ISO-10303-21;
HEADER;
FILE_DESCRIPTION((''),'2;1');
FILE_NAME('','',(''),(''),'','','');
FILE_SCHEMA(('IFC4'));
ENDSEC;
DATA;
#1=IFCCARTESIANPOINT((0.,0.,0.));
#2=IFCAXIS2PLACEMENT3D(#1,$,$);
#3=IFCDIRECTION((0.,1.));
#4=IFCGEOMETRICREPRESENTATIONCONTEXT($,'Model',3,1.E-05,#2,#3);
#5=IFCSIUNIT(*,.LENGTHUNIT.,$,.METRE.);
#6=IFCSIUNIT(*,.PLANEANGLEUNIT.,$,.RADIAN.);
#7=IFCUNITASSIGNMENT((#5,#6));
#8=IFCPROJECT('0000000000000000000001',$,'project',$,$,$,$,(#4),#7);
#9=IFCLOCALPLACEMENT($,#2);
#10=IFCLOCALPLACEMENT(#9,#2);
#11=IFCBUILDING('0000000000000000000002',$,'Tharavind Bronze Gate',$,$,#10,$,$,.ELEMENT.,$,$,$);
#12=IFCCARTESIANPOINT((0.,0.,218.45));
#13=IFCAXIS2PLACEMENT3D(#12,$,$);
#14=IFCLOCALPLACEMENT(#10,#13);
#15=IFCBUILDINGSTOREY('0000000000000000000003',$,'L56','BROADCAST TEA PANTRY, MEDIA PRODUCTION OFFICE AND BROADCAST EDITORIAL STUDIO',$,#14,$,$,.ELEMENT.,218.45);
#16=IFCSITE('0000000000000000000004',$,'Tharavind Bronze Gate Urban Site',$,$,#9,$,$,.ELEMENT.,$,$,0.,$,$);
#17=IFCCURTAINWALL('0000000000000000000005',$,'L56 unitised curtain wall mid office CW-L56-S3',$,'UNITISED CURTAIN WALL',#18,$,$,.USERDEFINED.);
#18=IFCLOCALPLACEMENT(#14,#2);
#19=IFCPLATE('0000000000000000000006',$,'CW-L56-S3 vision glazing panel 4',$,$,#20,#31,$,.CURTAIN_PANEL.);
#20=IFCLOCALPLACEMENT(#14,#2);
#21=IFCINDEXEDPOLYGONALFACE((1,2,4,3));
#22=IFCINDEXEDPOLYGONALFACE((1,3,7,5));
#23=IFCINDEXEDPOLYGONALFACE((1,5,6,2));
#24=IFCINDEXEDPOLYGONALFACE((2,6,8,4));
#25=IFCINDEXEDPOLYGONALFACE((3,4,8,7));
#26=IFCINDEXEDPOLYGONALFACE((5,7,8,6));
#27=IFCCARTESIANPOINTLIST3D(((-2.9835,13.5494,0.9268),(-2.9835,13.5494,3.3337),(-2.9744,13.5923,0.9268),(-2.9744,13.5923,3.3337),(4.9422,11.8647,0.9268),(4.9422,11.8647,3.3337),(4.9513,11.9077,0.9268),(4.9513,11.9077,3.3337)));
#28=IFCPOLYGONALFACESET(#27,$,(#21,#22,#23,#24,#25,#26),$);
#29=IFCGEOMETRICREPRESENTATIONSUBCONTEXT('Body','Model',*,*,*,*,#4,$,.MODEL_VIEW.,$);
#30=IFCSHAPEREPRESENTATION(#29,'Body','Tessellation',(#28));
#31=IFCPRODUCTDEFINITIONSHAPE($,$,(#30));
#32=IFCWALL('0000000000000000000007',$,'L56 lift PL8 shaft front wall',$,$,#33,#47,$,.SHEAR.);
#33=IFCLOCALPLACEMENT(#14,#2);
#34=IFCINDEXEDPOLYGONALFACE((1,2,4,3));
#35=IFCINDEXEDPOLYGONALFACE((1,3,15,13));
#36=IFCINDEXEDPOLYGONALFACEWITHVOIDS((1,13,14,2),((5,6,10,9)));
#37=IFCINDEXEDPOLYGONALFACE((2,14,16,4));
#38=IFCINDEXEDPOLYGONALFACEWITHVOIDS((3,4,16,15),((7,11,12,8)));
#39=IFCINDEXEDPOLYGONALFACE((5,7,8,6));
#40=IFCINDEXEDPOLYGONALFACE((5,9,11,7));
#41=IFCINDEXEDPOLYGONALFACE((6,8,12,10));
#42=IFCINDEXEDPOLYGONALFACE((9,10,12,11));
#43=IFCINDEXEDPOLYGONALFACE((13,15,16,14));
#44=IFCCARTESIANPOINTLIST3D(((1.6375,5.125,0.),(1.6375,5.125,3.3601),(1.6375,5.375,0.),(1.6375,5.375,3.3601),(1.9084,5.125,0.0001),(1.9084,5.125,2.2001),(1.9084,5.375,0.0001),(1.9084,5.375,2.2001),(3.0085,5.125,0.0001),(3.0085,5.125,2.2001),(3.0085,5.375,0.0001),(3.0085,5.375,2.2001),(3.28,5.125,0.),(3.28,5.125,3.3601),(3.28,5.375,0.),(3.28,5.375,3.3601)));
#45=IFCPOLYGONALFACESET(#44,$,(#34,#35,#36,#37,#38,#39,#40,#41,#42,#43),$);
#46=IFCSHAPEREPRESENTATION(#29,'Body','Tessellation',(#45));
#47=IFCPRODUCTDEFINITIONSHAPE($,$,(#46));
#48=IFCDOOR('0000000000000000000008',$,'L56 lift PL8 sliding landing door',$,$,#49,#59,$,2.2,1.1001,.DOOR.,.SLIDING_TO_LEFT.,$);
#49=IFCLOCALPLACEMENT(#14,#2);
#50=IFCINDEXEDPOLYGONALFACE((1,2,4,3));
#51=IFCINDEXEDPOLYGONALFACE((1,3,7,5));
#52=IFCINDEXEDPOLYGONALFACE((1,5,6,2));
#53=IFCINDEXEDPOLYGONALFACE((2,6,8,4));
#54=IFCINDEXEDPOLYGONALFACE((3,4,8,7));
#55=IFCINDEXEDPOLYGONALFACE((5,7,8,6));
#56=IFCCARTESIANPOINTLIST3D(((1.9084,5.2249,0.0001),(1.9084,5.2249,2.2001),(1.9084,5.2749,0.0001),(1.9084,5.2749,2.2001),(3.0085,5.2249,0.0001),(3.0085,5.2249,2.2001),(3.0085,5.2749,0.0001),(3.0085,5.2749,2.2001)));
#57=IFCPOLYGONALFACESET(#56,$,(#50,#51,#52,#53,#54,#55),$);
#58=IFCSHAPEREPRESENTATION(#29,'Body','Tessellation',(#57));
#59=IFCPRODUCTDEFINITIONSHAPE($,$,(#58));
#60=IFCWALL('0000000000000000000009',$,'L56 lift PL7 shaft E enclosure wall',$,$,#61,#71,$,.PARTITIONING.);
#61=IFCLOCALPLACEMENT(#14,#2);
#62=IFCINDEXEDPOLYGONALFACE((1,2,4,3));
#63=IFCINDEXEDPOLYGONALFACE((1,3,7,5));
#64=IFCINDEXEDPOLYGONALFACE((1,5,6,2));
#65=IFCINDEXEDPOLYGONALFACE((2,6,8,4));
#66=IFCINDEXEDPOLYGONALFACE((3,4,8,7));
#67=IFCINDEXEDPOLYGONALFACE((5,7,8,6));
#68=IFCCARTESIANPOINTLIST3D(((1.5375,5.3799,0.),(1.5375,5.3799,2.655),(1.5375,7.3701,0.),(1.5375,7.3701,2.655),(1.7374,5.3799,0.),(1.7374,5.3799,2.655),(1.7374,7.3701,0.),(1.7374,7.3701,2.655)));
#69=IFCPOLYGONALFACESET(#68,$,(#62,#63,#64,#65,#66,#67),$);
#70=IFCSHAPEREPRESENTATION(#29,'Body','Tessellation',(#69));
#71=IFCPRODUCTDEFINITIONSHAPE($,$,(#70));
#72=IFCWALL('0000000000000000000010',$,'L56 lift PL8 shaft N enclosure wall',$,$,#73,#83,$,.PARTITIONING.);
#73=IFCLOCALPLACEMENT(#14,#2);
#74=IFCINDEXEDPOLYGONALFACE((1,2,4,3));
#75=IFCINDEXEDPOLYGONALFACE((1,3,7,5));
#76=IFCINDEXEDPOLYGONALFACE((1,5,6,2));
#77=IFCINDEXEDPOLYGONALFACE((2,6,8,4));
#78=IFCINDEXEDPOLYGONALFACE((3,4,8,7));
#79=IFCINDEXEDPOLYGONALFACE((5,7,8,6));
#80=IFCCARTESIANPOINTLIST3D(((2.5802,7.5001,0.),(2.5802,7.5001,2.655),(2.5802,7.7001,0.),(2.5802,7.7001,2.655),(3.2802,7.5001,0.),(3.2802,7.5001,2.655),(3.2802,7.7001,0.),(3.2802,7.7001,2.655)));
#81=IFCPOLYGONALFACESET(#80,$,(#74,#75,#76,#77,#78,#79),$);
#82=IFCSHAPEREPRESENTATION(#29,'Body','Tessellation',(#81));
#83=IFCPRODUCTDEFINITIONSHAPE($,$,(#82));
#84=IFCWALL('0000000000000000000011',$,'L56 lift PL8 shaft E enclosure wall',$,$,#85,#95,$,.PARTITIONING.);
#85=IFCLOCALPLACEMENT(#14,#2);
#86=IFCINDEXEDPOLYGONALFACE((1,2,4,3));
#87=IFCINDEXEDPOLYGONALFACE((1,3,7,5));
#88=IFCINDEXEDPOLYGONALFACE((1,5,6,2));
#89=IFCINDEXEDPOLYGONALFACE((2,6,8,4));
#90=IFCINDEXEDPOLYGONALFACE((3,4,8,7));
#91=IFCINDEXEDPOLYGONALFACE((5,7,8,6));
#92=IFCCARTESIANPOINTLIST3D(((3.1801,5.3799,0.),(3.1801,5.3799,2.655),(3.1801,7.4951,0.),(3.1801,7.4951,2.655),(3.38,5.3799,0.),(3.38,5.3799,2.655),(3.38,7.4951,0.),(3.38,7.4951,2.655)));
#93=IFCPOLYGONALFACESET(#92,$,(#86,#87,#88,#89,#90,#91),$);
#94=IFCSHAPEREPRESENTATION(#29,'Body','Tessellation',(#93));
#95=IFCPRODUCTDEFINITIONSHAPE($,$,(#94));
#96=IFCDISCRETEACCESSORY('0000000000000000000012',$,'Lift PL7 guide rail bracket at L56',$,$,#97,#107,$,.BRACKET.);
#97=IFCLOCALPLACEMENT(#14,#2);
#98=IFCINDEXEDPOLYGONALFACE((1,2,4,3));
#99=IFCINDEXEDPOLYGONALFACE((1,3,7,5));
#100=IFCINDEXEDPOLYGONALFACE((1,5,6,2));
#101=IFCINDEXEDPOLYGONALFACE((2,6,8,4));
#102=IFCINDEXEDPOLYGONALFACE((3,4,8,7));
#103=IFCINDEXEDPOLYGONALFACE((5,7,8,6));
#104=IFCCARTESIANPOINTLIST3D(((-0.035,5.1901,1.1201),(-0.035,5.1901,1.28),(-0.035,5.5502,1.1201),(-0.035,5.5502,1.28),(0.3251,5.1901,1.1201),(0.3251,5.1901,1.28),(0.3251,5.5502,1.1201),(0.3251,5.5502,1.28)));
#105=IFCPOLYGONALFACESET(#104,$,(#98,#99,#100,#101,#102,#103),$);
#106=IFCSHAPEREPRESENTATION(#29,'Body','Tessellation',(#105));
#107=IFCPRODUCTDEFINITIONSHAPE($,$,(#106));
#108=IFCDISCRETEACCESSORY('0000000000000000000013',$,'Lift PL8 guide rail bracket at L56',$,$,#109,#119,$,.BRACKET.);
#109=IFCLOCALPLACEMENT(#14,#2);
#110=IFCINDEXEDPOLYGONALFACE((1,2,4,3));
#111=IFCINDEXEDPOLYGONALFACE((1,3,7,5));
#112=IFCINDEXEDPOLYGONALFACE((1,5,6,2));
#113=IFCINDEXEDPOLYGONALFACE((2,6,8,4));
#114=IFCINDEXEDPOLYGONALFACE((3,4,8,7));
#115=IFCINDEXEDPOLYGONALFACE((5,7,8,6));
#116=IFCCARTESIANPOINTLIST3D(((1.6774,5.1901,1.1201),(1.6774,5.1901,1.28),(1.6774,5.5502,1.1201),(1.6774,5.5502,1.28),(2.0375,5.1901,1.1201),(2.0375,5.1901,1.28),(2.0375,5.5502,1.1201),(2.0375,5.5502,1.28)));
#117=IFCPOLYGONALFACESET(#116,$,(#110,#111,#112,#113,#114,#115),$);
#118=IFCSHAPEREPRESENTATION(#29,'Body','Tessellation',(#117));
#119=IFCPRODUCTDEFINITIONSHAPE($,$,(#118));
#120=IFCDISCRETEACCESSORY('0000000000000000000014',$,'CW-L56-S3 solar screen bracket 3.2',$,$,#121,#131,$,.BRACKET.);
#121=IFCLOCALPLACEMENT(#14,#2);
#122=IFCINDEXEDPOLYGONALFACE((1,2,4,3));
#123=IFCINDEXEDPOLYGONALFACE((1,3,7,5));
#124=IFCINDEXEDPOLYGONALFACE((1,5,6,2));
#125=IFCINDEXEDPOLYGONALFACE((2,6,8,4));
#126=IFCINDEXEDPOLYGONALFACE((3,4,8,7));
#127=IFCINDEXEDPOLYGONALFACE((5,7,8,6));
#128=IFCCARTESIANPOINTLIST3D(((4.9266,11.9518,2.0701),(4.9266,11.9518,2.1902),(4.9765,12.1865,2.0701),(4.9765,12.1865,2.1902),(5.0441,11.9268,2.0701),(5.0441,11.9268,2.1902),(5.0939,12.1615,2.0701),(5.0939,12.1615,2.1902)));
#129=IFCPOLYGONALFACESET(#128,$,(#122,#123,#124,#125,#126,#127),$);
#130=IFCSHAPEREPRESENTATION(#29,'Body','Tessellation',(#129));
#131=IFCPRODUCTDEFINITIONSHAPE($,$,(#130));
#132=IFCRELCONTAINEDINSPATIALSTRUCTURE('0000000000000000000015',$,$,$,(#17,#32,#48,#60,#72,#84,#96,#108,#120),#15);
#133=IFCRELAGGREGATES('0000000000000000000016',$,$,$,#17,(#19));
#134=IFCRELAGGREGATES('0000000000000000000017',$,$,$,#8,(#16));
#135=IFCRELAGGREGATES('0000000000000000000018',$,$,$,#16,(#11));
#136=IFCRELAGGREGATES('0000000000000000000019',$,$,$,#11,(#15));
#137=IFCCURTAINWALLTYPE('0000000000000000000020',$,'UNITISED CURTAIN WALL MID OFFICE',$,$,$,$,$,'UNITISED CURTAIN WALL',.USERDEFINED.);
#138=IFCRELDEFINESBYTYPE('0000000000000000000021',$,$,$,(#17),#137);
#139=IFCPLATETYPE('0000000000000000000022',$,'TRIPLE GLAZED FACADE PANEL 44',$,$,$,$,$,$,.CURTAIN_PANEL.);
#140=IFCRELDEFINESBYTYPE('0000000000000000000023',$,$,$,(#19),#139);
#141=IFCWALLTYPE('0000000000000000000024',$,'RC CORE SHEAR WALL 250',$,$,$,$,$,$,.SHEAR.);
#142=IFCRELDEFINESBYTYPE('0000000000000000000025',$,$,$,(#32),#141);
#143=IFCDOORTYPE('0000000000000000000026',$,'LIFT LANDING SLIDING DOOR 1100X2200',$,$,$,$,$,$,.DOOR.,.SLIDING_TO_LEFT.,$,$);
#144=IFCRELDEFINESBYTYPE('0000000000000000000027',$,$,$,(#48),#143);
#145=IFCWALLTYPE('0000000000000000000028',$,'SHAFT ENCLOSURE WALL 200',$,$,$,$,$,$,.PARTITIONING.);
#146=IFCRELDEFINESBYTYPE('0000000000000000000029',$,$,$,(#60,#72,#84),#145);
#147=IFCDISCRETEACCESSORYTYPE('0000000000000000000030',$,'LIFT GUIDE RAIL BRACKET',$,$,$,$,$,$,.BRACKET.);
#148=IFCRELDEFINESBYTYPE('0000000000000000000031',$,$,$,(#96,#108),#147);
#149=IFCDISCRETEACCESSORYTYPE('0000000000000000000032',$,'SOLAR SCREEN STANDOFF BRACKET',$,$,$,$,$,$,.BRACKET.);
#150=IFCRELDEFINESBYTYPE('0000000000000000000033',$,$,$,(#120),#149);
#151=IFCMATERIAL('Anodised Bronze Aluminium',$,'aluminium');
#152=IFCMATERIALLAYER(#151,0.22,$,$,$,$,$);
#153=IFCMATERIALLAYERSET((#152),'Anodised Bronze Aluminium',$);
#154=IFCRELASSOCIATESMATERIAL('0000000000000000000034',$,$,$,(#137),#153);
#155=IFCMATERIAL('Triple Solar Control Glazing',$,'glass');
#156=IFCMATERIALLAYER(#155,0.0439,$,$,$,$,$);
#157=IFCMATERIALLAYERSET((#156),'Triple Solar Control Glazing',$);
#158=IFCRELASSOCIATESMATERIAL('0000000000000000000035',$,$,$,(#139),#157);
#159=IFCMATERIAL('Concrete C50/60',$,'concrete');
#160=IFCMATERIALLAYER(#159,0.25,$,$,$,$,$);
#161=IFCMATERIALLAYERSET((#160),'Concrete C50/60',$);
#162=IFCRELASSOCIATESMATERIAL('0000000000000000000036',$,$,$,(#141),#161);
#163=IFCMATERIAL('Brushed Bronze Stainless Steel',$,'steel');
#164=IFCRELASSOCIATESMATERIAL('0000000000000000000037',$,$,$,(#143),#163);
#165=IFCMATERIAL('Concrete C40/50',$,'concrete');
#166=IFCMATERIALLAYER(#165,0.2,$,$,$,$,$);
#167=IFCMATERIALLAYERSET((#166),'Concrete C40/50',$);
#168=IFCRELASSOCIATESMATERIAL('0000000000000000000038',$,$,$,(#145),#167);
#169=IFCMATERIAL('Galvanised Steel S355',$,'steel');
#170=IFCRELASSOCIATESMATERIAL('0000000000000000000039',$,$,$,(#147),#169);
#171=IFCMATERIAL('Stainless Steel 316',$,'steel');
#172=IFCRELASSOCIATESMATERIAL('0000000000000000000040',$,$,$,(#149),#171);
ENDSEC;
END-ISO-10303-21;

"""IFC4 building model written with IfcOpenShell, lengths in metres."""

from ifc_helpers import new_model, si_unit, direction, frame, frame_2d, origin, origin_2d, place, context, subcontext, project, spatial, rectangle, extrude, material, layer, layer_set, type_object, element, fill, aggregate, save


model = new_model("IFC4")

# Units and contexts
model_context = context("Model", 3, precision=1e-05, world=origin(), true_north=direction((0.0, 1.0)))
body_context = subcontext(model_context, "Body", "Model", "MODEL_VIEW")
ifc_project = project(units=[si_unit("LENGTHUNIT", "METRE"), si_unit("PLANEANGLEUNIT", "RADIAN")], contexts=[model_context])

# Site, building, storey
site_placement = place(None, origin())
site = spatial("IfcSite", under=ifc_project, at=site_placement, Name="Tharavind Bronze Gate Urban Site", CompositionType="ELEMENT", RefElevation=0.0)
building_placement = place(site_placement, origin())
building = spatial("IfcBuilding", under=site, at=building_placement, Name="Tharavind Bronze Gate", CompositionType="ELEMENT")
storey_placement = place(building_placement, frame((0.0, 0.0, 218.45)))
storey = spatial("IfcBuildingStorey", under=building, at=storey_placement, Name="L56", Description="BROADCAST TEA PANTRY, MEDIA PRODUCTION OFFICE AND BROADCAST EDITORIAL STUDIO", CompositionType="ELEMENT", Elevation=218.45)

# Curtain wall
ifc_material_1 = material(Name="Anodised Bronze Aluminium", Category="aluminium")
ifc_layer_1 = layer(ifc_material_1, 0.22)
ifc_layer_set_1 = layer_set([ifc_layer_1], Name="Anodised Bronze Aluminium")
curtain_wall_type = type_object("IfcCurtainWallType", Name="UNITISED CURTAIN WALL MID OFFICE", ElementType="UNITISED CURTAIN WALL", PredefinedType="USERDEFINED", material=ifc_layer_set_1)
curtain_wall_placement = place(storey_placement, origin())
curtain_wall = element("IfcCurtainWall", 1, at=curtain_wall_placement, inside=storey, type_object=curtain_wall_type, Name="L56 unitised curtain wall mid office CW-L56-S3", ObjectType="UNITISED CURTAIN WALL", PredefinedType="USERDEFINED")

# Plate
ifc_material_2 = material(Name="Triple Solar Control Glazing", Category="glass")
ifc_layer_2 = layer(ifc_material_2, 0.0439)
ifc_layer_set_2 = layer_set([ifc_layer_2], Name="Triple Solar Control Glazing")
plate_type_1 = type_object("IfcPlateType", Name="TRIPLE GLAZED FACADE PANEL 44", PredefinedType="CURTAIN_PANEL", material=ifc_layer_set_2)
plate_1_placement = place(storey_placement, frame((0.9839, 12.7285, 0.9268), z_axis=(0.0, 0.0, 1.0), x_axis=(-0.978148, 0.207912, 0.0)))
plate_1 = element("IfcPlate", 2, at=plate_1_placement, type_object=plate_type_1, Name="CW-L56-S3 vision glazing panel 4", PredefinedType="CURTAIN_PANEL", context=body_context, shape_type="SweptSolid", body=[
    extrude(rectangle(XDim=8.1028, YDim=0.0439, at=origin_2d()), origin(), (0.0, 0.0, 1.0), 2.407),
])
aggregate(curtain_wall, [plate_1])

# Wall, opening, door
ifc_material_3 = material(Name="Concrete C50/60", Category="concrete")
ifc_layer_3 = layer(ifc_material_3, 0.25)
ifc_layer_set_3 = layer_set([ifc_layer_3], Name="Concrete C50/60")
wall_type_1 = type_object("IfcWallType", Name="RC CORE SHEAR WALL 250", PredefinedType="SHEAR", material=ifc_layer_set_3)
wall_1_placement = place(storey_placement, frame((1.6375, 5.25, 0.0), z_axis=(0.0, 0.0, 1.0), x_axis=(1.0, 0.0, 0.0)))
wall_1 = element("IfcWall", 3, at=wall_1_placement, inside=storey, type_object=wall_type_1, Name="L56 lift PL8 shaft front wall", PredefinedType="SHEAR", context=body_context, shape_type="SweptSolid", body=[
    extrude(rectangle(XDim=1.6426, YDim=0.25, at=frame_2d((0.8213, 0.0))), origin(), (0.0, 0.0, 1.0), 3.3601),
])
opening_1_placement = place(wall_1_placement, frame((0.271, 0.0, 0.0)))
opening_1 = element("IfcOpeningElement", 4, at=opening_1_placement, cuts=wall_1, PredefinedType="OPENING", context=body_context, shape_type="SweptSolid", body=[
    extrude(rectangle(XDim=1.1001, YDim=2.2, at=frame_2d((0.55, 1.1001))), frame((0.0, 0.135, 0.0), z_axis=(0.0, -1.0, 0.0), x_axis=(1.0, 0.0, 0.0)), (0.0, 0.0, 1.0), 0.27),
])
ifc_material_4 = material(Name="Brushed Bronze Stainless Steel", Category="steel")
door_type_1 = type_object("IfcDoorType", Name="LIFT LANDING SLIDING DOOR 1100X2200", OperationType="SLIDING_TO_LEFT", PredefinedType="DOOR", material=ifc_material_4)
door_1_placement = place(opening_1_placement, origin())
door_1 = element("IfcDoor", 5, at=door_1_placement, inside=storey, type_object=door_type_1, Name="L56 lift PL8 sliding landing door", OperationType="SLIDING_TO_LEFT", OverallHeight=2.2, OverallWidth=1.1001, PredefinedType="DOOR", context=body_context, shape_type="SweptSolid", body=[
    extrude(rectangle(XDim=1.1001, YDim=2.2, at=frame_2d((0.55, 1.1001))), frame((0.0, 0.0249, 0.0), z_axis=(0.0, -1.0, 0.0), x_axis=(1.0, 0.0, 0.0)), (0.0, 0.0, 1.0), 0.05),
])
fill(opening_1, door_1)

# Walls
ifc_material_5 = material(Name="Concrete C40/50", Category="concrete")
ifc_layer_4 = layer(ifc_material_5, 0.2)
ifc_layer_set_4 = layer_set([ifc_layer_4], Name="Concrete C40/50")
wall_type_2 = type_object("IfcWallType", Name="SHAFT ENCLOSURE WALL 200", PredefinedType="PARTITIONING", material=ifc_layer_set_4)
wall_2_placement = place(storey_placement, frame((1.6375, 5.3799, 0.0), z_axis=(0.0, 0.0, 1.0), x_axis=(0.0, 1.0, 0.0)))
element("IfcWall", 6, at=wall_2_placement, inside=storey, type_object=wall_type_2, Name="L56 lift PL7 shaft E enclosure wall", PredefinedType="PARTITIONING", context=body_context, shape_type="SweptSolid", body=[
    extrude(rectangle(XDim=1.9902, YDim=0.2, at=frame_2d((0.9951, 0.0))), origin(), (0.0, 0.0, 1.0), 2.655),
])
wall_3_placement = place(storey_placement, frame((2.5801, 7.6001, 0.0), z_axis=(0.0, 0.0, 1.0), x_axis=(1.0, 0.0, 0.0)))
element("IfcWall", 7, at=wall_3_placement, inside=storey, type_object=wall_type_2, Name="L56 lift PL8 shaft N enclosure wall", PredefinedType="PARTITIONING", context=body_context, shape_type="SweptSolid", body=[
    extrude(rectangle(XDim=0.7, YDim=0.2, at=frame_2d((0.3501, 0.0))), origin(), (0.0, 0.0, 1.0), 2.655),
])
wall_4_placement = place(storey_placement, frame((3.28, 5.3799, 0.0), z_axis=(0.0, 0.0, 1.0), x_axis=(0.0, 1.0, 0.0)))
element("IfcWall", 8, at=wall_4_placement, inside=storey, type_object=wall_type_2, Name="L56 lift PL8 shaft E enclosure wall", PredefinedType="PARTITIONING", context=body_context, shape_type="SweptSolid", body=[
    extrude(rectangle(XDim=2.1152, YDim=0.2, at=frame_2d((1.0576, 0.0))), origin(), (0.0, 0.0, 1.0), 2.655),
])

# Discrete accessories
ifc_material_6 = material(Name="Galvanised Steel S355", Category="steel")
discrete_accessory_type_1 = type_object("IfcDiscreteAccessoryType", Name="LIFT GUIDE RAIL BRACKET", PredefinedType="BRACKET", material=ifc_material_6)
for number, where, z_axis, x_axis, name in (
    (9, (0.145, 5.3701, 1.1201), (0.0, 0.0, 1.0), (1.0, 0.0, 0.0), "Lift PL7 guide rail bracket at L56"),
    (10, (1.8574, 5.3701, 1.1201), (0.0, 0.0, 1.0), (1.0, 0.0, 0.0), "Lift PL8 guide rail bracket at L56"),
):
    element("IfcDiscreteAccessory", number, at=place(storey_placement, frame(where, z_axis=z_axis, x_axis=x_axis)), inside=storey, type_object=discrete_accessory_type_1, Name=name, PredefinedType="BRACKET", context=body_context, shape_type="SweptSolid", body=[
        extrude(rectangle(XDim=0.3601, YDim=0.3601, at=origin_2d()), origin(), (0.0, 0.0, 1.0), 0.1599),
    ])
ifc_material_7 = material(Name="Stainless Steel 316", Category="steel")
discrete_accessory_type_2 = type_object("IfcDiscreteAccessoryType", Name="SOLAR SCREEN STANDOFF BRACKET", PredefinedType="BRACKET", material=ifc_material_7)
discrete_accessory_placement = place(storey_placement, frame((5.0103, 12.0566, 2.0701), z_axis=(0.0, 0.0, 1.0), x_axis=(-0.978148, 0.207912, 0.0)))
element("IfcDiscreteAccessory", 11, at=discrete_accessory_placement, inside=storey, type_object=discrete_accessory_type_2, Name="CW-L56-S3 solar screen bracket 3.2", PredefinedType="BRACKET", context=body_context, shape_type="SweptSolid", body=[
    extrude(rectangle(XDim=0.1201, YDim=0.24, at=origin_2d()), origin(), (0.0, 0.0, 1.0), 0.1201),
])

save(model, "model.ifc")
